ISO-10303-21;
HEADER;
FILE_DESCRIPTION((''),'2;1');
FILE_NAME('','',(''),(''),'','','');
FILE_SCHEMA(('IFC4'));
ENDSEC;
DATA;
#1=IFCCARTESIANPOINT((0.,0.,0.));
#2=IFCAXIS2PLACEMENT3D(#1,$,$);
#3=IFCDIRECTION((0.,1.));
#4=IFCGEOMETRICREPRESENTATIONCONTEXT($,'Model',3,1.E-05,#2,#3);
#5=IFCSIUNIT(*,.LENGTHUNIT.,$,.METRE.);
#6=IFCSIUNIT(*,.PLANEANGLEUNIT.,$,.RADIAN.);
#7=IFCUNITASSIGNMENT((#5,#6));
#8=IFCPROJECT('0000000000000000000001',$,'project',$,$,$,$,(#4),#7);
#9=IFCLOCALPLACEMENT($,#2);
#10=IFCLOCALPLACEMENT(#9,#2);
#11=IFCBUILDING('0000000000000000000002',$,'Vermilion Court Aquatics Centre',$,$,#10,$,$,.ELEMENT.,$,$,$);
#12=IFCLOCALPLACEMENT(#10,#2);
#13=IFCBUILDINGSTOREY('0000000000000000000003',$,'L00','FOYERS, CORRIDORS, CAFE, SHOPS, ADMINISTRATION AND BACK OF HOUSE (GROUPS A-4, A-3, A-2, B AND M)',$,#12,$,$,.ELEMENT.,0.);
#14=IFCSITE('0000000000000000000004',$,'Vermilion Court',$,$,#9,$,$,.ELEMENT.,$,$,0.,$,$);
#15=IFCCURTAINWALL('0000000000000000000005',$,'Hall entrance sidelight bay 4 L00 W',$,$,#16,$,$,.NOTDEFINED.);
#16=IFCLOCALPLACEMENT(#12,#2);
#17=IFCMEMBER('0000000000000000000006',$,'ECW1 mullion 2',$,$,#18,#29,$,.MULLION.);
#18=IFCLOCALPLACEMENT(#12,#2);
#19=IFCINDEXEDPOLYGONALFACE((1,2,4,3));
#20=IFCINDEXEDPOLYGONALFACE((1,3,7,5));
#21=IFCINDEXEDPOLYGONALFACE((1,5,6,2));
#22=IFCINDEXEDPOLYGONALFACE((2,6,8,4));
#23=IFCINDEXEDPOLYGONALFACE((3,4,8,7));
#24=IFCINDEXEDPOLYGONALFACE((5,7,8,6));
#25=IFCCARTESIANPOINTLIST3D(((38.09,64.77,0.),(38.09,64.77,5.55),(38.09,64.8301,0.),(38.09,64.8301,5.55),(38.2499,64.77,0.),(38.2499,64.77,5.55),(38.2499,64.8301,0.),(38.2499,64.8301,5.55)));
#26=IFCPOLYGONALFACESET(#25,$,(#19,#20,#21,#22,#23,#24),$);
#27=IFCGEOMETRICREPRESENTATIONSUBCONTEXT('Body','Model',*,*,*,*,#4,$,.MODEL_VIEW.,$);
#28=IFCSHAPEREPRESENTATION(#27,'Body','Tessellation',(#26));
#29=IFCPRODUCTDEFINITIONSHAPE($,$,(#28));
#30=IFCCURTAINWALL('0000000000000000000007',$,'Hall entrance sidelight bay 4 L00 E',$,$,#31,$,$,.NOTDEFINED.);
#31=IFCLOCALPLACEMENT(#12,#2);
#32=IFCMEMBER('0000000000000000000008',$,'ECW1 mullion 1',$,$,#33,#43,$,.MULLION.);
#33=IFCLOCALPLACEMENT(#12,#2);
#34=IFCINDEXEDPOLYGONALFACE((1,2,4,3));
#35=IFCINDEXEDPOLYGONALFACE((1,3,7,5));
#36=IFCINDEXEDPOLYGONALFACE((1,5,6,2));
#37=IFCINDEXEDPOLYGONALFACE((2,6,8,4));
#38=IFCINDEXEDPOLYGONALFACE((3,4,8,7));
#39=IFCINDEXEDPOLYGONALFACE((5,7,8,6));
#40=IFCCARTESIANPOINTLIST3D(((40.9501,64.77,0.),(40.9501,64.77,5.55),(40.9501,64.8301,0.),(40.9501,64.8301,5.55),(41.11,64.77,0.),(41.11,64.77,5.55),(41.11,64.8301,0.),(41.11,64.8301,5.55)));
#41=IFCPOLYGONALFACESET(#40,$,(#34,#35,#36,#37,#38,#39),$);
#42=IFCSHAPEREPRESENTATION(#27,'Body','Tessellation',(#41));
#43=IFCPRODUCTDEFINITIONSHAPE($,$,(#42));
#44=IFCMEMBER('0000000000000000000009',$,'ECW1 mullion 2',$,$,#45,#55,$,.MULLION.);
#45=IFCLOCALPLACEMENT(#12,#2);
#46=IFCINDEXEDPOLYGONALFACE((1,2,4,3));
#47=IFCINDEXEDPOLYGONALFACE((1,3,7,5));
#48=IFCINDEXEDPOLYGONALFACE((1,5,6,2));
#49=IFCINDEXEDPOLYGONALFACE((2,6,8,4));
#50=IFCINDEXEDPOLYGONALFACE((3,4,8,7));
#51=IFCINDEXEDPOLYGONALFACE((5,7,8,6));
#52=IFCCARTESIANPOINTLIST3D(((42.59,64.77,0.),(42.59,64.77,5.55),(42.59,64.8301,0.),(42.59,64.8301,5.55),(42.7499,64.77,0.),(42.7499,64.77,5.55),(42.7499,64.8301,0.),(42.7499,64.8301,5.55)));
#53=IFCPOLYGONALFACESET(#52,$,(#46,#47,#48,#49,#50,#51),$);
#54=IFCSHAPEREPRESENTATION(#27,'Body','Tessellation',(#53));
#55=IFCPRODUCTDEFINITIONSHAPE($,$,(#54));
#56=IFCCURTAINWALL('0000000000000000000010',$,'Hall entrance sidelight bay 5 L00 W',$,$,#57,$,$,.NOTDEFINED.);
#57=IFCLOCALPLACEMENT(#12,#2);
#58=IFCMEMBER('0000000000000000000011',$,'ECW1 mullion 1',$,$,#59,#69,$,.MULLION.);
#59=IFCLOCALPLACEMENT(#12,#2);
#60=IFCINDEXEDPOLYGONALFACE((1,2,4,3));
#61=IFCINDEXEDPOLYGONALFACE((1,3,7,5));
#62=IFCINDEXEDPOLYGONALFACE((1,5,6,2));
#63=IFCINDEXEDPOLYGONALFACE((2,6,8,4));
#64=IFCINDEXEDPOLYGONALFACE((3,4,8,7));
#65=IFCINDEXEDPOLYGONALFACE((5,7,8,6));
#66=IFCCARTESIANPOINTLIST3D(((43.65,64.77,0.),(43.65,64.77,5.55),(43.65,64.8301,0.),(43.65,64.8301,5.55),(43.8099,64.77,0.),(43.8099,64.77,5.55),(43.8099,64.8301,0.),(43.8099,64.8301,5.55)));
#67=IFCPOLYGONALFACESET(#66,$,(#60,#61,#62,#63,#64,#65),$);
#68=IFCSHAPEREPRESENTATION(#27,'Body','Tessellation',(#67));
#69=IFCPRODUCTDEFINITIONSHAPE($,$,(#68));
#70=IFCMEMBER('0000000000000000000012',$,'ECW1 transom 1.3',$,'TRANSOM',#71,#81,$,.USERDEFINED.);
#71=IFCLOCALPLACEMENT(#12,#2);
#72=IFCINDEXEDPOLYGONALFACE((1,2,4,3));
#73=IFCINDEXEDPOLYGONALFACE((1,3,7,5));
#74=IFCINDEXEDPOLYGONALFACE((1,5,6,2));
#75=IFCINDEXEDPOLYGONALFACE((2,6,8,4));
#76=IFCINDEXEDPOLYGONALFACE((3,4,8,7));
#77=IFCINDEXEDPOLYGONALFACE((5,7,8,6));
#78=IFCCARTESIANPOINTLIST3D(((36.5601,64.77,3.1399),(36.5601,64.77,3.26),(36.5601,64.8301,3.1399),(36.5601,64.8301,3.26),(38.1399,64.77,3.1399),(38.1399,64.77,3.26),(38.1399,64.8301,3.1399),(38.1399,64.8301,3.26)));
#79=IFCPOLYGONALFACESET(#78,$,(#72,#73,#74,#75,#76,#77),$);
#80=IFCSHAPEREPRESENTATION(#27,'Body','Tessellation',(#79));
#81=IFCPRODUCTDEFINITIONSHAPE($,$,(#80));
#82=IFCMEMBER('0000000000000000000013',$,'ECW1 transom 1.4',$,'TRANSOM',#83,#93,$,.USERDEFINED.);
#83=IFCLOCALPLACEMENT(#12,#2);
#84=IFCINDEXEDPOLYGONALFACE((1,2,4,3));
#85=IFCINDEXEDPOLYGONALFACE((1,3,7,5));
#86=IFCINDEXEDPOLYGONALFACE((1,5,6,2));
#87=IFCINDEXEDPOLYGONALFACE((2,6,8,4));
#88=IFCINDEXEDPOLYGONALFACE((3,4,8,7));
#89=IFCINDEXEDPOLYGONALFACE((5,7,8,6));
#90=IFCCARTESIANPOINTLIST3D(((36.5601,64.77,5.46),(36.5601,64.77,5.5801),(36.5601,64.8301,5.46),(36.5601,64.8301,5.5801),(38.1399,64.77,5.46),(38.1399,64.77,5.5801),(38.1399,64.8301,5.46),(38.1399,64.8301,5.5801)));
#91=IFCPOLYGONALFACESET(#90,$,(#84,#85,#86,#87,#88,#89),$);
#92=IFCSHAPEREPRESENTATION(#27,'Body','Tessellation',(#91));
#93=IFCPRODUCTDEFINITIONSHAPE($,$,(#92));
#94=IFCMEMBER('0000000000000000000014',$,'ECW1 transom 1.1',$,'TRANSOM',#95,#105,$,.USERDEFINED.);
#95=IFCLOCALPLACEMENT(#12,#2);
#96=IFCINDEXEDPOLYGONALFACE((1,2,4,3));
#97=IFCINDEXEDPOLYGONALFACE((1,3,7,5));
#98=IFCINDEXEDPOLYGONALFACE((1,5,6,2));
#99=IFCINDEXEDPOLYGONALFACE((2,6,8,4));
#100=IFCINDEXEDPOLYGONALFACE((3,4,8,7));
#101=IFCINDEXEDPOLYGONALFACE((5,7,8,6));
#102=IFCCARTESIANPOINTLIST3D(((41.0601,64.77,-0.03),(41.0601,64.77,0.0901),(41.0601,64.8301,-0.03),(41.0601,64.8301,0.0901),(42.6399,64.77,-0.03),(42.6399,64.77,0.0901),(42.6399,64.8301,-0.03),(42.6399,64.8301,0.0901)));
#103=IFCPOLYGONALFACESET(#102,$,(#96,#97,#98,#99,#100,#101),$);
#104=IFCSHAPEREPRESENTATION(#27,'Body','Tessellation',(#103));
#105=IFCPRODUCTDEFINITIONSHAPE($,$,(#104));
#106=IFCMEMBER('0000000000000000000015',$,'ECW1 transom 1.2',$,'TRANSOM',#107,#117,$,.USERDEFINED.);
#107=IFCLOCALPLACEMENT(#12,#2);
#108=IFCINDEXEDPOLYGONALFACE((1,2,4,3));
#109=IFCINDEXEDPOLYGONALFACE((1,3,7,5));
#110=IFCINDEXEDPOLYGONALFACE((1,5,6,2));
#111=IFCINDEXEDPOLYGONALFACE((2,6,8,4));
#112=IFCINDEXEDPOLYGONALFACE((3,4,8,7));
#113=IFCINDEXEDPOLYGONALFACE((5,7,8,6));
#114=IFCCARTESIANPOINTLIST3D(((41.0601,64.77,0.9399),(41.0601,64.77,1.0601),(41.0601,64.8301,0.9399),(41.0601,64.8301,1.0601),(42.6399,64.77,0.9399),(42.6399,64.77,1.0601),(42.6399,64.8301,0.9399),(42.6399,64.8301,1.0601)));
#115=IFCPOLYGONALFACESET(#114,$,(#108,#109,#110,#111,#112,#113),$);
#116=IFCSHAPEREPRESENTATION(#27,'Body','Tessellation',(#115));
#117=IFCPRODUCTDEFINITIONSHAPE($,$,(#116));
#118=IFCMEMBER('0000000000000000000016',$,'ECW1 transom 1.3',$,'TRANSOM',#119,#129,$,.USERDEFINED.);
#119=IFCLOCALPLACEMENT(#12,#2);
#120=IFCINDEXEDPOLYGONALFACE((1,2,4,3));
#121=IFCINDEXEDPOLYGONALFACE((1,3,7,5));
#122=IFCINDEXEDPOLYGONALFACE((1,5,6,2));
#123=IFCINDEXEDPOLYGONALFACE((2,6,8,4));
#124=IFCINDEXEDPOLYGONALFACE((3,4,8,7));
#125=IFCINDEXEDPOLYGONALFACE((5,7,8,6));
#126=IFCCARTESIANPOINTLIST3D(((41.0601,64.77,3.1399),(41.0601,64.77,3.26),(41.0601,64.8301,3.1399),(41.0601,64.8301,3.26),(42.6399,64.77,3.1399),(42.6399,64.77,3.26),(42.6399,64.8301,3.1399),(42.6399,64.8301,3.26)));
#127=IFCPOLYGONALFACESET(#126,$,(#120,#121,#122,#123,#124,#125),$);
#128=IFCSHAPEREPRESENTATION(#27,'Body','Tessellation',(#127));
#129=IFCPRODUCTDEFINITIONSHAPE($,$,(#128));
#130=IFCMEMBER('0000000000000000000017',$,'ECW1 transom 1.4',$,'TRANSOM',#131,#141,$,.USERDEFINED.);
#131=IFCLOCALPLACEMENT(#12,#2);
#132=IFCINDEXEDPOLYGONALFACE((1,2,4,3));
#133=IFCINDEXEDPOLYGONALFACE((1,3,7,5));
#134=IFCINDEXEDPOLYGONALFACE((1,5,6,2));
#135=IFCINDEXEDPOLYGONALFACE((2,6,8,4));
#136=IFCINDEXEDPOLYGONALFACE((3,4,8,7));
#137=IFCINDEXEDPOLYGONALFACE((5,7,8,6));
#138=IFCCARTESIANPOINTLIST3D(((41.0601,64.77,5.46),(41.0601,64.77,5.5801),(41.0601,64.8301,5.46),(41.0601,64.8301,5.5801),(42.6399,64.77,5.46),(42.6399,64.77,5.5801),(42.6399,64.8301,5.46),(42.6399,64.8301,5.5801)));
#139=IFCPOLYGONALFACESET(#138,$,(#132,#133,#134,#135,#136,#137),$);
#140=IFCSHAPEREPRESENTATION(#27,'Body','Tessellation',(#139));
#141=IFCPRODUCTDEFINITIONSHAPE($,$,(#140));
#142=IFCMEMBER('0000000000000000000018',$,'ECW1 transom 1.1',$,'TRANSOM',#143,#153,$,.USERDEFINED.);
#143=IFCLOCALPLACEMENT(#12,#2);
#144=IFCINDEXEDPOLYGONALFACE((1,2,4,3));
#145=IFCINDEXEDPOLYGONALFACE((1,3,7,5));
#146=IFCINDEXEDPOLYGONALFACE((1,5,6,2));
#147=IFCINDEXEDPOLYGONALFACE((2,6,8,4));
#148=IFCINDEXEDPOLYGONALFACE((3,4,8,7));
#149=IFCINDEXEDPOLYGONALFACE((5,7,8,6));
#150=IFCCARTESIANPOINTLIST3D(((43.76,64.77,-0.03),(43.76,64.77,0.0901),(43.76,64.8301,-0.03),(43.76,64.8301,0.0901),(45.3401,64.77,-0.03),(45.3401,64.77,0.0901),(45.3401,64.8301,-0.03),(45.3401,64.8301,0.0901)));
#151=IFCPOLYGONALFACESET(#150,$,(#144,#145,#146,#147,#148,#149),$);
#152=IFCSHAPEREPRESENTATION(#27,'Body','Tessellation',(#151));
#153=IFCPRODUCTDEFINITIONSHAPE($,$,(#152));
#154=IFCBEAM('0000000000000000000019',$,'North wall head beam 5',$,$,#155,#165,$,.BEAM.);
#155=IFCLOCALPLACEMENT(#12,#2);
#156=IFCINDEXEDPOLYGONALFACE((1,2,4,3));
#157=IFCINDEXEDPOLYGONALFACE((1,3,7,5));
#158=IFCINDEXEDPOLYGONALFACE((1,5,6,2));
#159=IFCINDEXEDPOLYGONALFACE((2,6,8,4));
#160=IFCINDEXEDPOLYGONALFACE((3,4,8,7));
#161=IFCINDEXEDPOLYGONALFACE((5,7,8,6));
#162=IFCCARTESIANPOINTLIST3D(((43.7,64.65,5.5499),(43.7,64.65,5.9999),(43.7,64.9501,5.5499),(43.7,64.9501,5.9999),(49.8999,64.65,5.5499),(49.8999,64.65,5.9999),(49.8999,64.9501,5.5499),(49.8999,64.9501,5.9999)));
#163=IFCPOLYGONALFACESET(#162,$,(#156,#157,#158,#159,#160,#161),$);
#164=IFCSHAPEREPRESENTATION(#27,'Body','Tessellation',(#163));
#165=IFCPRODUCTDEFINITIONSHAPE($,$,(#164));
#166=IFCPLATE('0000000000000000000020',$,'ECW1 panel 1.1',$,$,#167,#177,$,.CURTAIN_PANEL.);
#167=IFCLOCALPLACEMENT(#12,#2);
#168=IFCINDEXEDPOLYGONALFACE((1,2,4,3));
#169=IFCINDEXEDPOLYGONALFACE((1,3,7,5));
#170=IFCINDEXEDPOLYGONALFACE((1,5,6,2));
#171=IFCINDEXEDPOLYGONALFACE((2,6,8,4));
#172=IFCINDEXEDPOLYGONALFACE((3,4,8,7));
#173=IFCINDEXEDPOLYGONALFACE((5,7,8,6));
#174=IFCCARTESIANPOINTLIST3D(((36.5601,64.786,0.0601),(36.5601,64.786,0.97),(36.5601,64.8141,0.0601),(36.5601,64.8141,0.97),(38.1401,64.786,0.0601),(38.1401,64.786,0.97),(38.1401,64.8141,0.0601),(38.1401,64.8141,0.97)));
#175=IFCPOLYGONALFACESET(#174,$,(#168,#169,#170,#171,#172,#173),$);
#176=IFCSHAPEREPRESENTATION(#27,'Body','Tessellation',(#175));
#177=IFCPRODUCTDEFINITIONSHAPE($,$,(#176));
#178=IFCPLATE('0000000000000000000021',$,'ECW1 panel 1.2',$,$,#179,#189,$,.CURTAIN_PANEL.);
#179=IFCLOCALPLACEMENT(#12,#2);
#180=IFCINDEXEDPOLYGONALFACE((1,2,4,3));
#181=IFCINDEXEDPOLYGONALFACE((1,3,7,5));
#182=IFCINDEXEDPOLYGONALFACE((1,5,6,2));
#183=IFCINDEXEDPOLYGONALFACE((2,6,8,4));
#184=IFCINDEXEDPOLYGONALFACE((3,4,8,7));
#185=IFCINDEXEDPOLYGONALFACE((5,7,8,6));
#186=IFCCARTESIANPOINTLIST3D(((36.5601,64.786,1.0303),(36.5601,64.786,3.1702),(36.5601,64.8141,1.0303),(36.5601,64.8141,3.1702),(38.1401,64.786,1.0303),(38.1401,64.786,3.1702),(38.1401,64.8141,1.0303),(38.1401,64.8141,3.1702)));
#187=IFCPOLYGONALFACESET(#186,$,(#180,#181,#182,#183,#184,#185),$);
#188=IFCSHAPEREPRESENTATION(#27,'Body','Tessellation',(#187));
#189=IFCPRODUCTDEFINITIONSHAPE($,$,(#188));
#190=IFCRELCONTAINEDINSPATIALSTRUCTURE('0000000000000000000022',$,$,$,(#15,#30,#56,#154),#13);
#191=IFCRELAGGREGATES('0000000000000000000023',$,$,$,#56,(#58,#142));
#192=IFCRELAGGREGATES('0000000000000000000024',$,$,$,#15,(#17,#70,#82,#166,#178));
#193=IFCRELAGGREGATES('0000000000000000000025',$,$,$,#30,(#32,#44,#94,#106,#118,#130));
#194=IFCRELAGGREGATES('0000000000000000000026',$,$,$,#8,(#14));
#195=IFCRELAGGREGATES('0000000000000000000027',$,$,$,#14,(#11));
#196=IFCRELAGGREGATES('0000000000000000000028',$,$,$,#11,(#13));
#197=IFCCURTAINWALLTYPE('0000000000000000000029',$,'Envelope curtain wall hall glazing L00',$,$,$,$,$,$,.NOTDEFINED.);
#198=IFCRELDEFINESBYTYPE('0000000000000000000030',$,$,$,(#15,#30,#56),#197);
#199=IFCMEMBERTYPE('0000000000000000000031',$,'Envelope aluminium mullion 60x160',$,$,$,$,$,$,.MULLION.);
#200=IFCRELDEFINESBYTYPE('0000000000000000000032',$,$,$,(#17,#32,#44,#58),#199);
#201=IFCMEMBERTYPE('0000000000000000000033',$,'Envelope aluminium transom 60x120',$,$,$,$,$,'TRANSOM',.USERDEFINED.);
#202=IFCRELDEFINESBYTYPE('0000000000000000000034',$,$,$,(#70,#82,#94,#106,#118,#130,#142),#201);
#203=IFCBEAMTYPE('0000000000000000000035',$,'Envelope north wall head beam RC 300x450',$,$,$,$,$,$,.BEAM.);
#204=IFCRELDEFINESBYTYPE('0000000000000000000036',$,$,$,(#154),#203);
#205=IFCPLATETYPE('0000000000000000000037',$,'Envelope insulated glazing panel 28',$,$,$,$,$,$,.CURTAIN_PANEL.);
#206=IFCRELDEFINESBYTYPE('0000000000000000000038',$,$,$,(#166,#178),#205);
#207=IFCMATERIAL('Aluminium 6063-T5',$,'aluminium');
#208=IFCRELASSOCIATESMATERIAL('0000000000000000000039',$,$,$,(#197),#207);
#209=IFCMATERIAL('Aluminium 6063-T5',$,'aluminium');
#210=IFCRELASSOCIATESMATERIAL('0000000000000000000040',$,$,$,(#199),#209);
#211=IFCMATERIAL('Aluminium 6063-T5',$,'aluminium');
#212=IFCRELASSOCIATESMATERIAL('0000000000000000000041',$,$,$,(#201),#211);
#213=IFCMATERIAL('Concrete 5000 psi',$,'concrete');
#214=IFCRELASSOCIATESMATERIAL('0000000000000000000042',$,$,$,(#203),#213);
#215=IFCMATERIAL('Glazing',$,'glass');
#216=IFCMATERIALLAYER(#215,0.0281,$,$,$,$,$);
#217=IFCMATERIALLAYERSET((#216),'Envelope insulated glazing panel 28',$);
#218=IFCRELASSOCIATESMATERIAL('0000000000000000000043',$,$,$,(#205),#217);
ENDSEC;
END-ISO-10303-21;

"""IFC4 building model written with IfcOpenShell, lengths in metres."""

from ifc_helpers import new_model, si_unit, direction, frame, origin, origin_2d, place, context, subcontext, project, spatial, rectangle, extrude, material, layer, layer_set, material_profile, profile_set, type_object, element, aggregate, save


model = new_model("IFC4")

# Units and contexts
model_context = context("Model", 3, precision=1e-05, world=origin(), true_north=direction((0.0, 1.0)))
body_context = subcontext(model_context, "Body", "Model", "MODEL_VIEW")
ifc_project = project(units=[si_unit("LENGTHUNIT", "METRE"), si_unit("PLANEANGLEUNIT", "RADIAN")], contexts=[model_context])

# Site, building, storey
site_placement = place(None, origin())
site = spatial("IfcSite", under=ifc_project, at=site_placement, Name="Vermilion Court", CompositionType="ELEMENT", RefElevation=0.0)
building_placement = place(site_placement, origin())
building = spatial("IfcBuilding", under=site, at=building_placement, Name="Vermilion Court Aquatics Centre", CompositionType="ELEMENT")
storey_placement = place(building_placement, origin())
storey = spatial("IfcBuildingStorey", under=building, at=storey_placement, Name="L00", Description="FOYERS, CORRIDORS, CAFE, SHOPS, ADMINISTRATION AND BACK OF HOUSE (GROUPS A-4, A-3, A-2, B AND M)", CompositionType="ELEMENT", Elevation=0.0)

# Curtain wall, member
ifc_material_1 = material(Name="Aluminium 6063-T5", Category="aluminium")
curtain_wall_type = type_object("IfcCurtainWallType", Name="Envelope curtain wall hall glazing L00", PredefinedType="NOTDEFINED", material=ifc_material_1)
curtain_wall_1_placement = place(storey_placement, origin())
curtain_wall_1 = element("IfcCurtainWall", 1, at=curtain_wall_1_placement, inside=storey, type_object=curtain_wall_type, Name="Hall entrance sidelight bay 4 L00 W", PredefinedType="NOTDEFINED")
ifc_material_2 = material(Name="Aluminium 6063-T5", Category="aluminium")
ifc_material_profile_1 = material_profile(ifc_material_2, rectangle(XDim=0.0601, YDim=0.1599, at=origin_2d()), Name="AL 60x160")
ifc_profile_set_1 = profile_set([ifc_material_profile_1], Name="Aluminium 6063-T5")
member_type_1 = type_object("IfcMemberType", Name="Envelope aluminium mullion 60x160", PredefinedType="MULLION", material=ifc_profile_set_1)
member_1_placement = place(storey_placement, frame((38.1699, 64.8, 0.0), z_axis=(0.0, 0.0, 1.0), x_axis=(0.0, 1.0, 0.0)))
member_1 = element("IfcMember", 2, at=member_1_placement, type_object=member_type_1, Name="ECW1 mullion 2", PredefinedType="MULLION", context=body_context, shape_type="SweptSolid", body=[
    extrude(rectangle(XDim=0.0601, YDim=0.1599, at=origin_2d()), origin(), (0.0, 0.0, 1.0), 5.55),
])

# Curtain wall, members
curtain_wall_2_placement = place(storey_placement, origin())
curtain_wall_2 = element("IfcCurtainWall", 3, at=curtain_wall_2_placement, inside=storey, type_object=curtain_wall_type, Name="Hall entrance sidelight bay 4 L00 E", PredefinedType="NOTDEFINED")
member_2_placement = place(storey_placement, frame((41.03, 64.8, 0.0), z_axis=(0.0, 0.0, 1.0), x_axis=(0.0, 1.0, 0.0)))
member_2 = element("IfcMember", 4, at=member_2_placement, type_object=member_type_1, Name="ECW1 mullion 1", PredefinedType="MULLION", context=body_context, shape_type="SweptSolid", body=[
    extrude(rectangle(XDim=0.0601, YDim=0.1599, at=origin_2d()), origin(), (0.0, 0.0, 1.0), 5.55),
])
member_3_placement = place(storey_placement, frame((42.6699, 64.8, 0.0), z_axis=(0.0, 0.0, 1.0), x_axis=(0.0, 1.0, 0.0)))
member_3 = element("IfcMember", 5, at=member_3_placement, type_object=member_type_1, Name="ECW1 mullion 2", PredefinedType="MULLION", context=body_context, shape_type="SweptSolid", body=[
    extrude(rectangle(XDim=0.0601, YDim=0.1599, at=origin_2d()), origin(), (0.0, 0.0, 1.0), 5.55),
])

# Curtain wall, member
curtain_wall_3_placement = place(storey_placement, origin())
curtain_wall_3 = element("IfcCurtainWall", 6, at=curtain_wall_3_placement, inside=storey, type_object=curtain_wall_type, Name="Hall entrance sidelight bay 5 L00 W", PredefinedType="NOTDEFINED")
member_4_placement = place(storey_placement, frame((43.73, 64.8, 0.0), z_axis=(0.0, 0.0, 1.0), x_axis=(0.0, 1.0, 0.0)))
member_4 = element("IfcMember", 7, at=member_4_placement, type_object=member_type_1, Name="ECW1 mullion 1", PredefinedType="MULLION", context=body_context, shape_type="SweptSolid", body=[
    extrude(rectangle(XDim=0.0601, YDim=0.1599, at=origin_2d()), origin(), (0.0, 0.0, 1.0), 5.55),
])

# Members
ifc_material_3 = material(Name="Aluminium 6063-T5", Category="aluminium")
ifc_material_profile_2 = material_profile(ifc_material_3, rectangle(XDim=0.0601, YDim=0.1201, at=origin_2d()), Name="AL 60x120")
ifc_profile_set_2 = profile_set([ifc_material_profile_2], Name="Aluminium 6063-T5")
member_type_2 = type_object("IfcMemberType", Name="Envelope aluminium transom 60x120", ElementType="TRANSOM", PredefinedType="USERDEFINED", material=ifc_profile_set_2)
member_5_placement = place(storey_placement, frame((36.5601, 64.8, 3.2), z_axis=(1.0, 0.0, 0.0), x_axis=(0.0, 1.0, 0.0)))
member_5 = element("IfcMember", 8, at=member_5_placement, type_object=member_type_2, Name="ECW1 transom 1.3", ObjectType="TRANSOM", PredefinedType="USERDEFINED", context=body_context, shape_type="SweptSolid", body=[
    extrude(rectangle(XDim=0.0601, YDim=0.1201, at=origin_2d()), origin(), (0.0, 0.0, 1.0), 1.5798),
])
member_6_placement = place(storey_placement, frame((36.5601, 64.8, 5.52), z_axis=(1.0, 0.0, 0.0), x_axis=(0.0, 1.0, 0.0)))
member_6 = element("IfcMember", 9, at=member_6_placement, type_object=member_type_2, Name="ECW1 transom 1.4", ObjectType="TRANSOM", PredefinedType="USERDEFINED", context=body_context, shape_type="SweptSolid", body=[
    extrude(rectangle(XDim=0.0601, YDim=0.1201, at=origin_2d()), origin(), (0.0, 0.0, 1.0), 1.5798),
])
member_7_placement = place(storey_placement, frame((41.0601, 64.8, 0.03), z_axis=(1.0, 0.0, 0.0), x_axis=(0.0, 1.0, 0.0)))
member_7 = element("IfcMember", 10, at=member_7_placement, type_object=member_type_2, Name="ECW1 transom 1.1", ObjectType="TRANSOM", PredefinedType="USERDEFINED", context=body_context, shape_type="SweptSolid", body=[
    extrude(rectangle(XDim=0.0601, YDim=0.1201, at=origin_2d()), origin(), (0.0, 0.0, 1.0), 1.5798),
])
member_8_placement = place(storey_placement, frame((41.0601, 64.8, 1.0), z_axis=(1.0, 0.0, 0.0), x_axis=(0.0, 1.0, 0.0)))
member_8 = element("IfcMember", 11, at=member_8_placement, type_object=member_type_2, Name="ECW1 transom 1.2", ObjectType="TRANSOM", PredefinedType="USERDEFINED", context=body_context, shape_type="SweptSolid", body=[
    extrude(rectangle(XDim=0.0601, YDim=0.1201, at=origin_2d()), origin(), (0.0, 0.0, 1.0), 1.5798),
])
member_9_placement = place(storey_placement, frame((41.0601, 64.8, 3.2), z_axis=(1.0, 0.0, 0.0), x_axis=(0.0, 1.0, 0.0)))
member_9 = element("IfcMember", 12, at=member_9_placement, type_object=member_type_2, Name="ECW1 transom 1.3", ObjectType="TRANSOM", PredefinedType="USERDEFINED", context=body_context, shape_type="SweptSolid", body=[
    extrude(rectangle(XDim=0.0601, YDim=0.1201, at=origin_2d()), origin(), (0.0, 0.0, 1.0), 1.5798),
])
member_10_placement = place(storey_placement, frame((41.0601, 64.8, 5.52), z_axis=(1.0, 0.0, 0.0), x_axis=(0.0, 1.0, 0.0)))
member_10 = element("IfcMember", 13, at=member_10_placement, type_object=member_type_2, Name="ECW1 transom 1.4", ObjectType="TRANSOM", PredefinedType="USERDEFINED", context=body_context, shape_type="SweptSolid", body=[
    extrude(rectangle(XDim=0.0601, YDim=0.1201, at=origin_2d()), origin(), (0.0, 0.0, 1.0), 1.5798),
])
member_11_placement = place(storey_placement, frame((43.76, 64.8, 0.03), z_axis=(1.0, 0.0, 0.0), x_axis=(0.0, 1.0, 0.0)))
member_11 = element("IfcMember", 14, at=member_11_placement, type_object=member_type_2, Name="ECW1 transom 1.1", ObjectType="TRANSOM", PredefinedType="USERDEFINED", context=body_context, shape_type="SweptSolid", body=[
    extrude(rectangle(XDim=0.0601, YDim=0.1201, at=origin_2d()), origin(), (0.0, 0.0, 1.0), 1.5801),
])
aggregate(curtain_wall_3, [member_4, member_11])

# Beam
ifc_material_4 = material(Name="Concrete 5000 psi", Category="concrete")
ifc_material_profile_3 = material_profile(ifc_material_4, rectangle(XDim=0.3, YDim=0.45, at=origin_2d()), Name="RC 300x450")
ifc_profile_set_3 = profile_set([ifc_material_profile_3], Name="Concrete 5000 psi")
beam_type = type_object("IfcBeamType", Name="Envelope north wall head beam RC 300x450", PredefinedType="BEAM", material=ifc_profile_set_3)
beam_placement = place(storey_placement, frame((43.7, 64.8, 5.7749), z_axis=(1.0, 0.0, 0.0), x_axis=(0.0, 1.0, 0.0)))
element("IfcBeam", 15, at=beam_placement, inside=storey, type_object=beam_type, Name="North wall head beam 5", PredefinedType="BEAM", context=body_context, shape_type="SweptSolid", body=[
    extrude(rectangle(XDim=0.3, YDim=0.45, at=origin_2d()), origin(), (0.0, 0.0, 1.0), 6.2),
])

# Plates
ifc_material_5 = material(Name="Glazing", Category="glass")
ifc_layer_1 = layer(ifc_material_5, 0.0281)
ifc_layer_set_1 = layer_set([ifc_layer_1], Name="Envelope insulated glazing panel 28")
plate_type = type_object("IfcPlateType", Name="Envelope insulated glazing panel 28", PredefinedType="CURTAIN_PANEL", material=ifc_layer_set_1)
plate_1_placement = place(storey_placement, frame((37.3501, 64.8, 0.0601), z_axis=(0.0, 0.0, 1.0), x_axis=(1.0, 0.0, 0.0)))
plate_1 = element("IfcPlate", 16, at=plate_1_placement, type_object=plate_type, Name="ECW1 panel 1.1", PredefinedType="CURTAIN_PANEL", context=body_context, shape_type="SweptSolid", body=[
    extrude(rectangle(XDim=1.5801, YDim=0.0281, at=origin_2d()), origin(), (0.0, 0.0, 1.0), 0.9099),
])
plate_2_placement = place(storey_placement, frame((37.3501, 64.8, 1.0303), z_axis=(0.0, 0.0, 1.0), x_axis=(1.0, 0.0, 0.0)))
plate_2 = element("IfcPlate", 17, at=plate_2_placement, type_object=plate_type, Name="ECW1 panel 1.2", PredefinedType="CURTAIN_PANEL", context=body_context, shape_type="SweptSolid", body=[
    extrude(rectangle(XDim=1.5801, YDim=0.0281, at=origin_2d()), origin(), (0.0, 0.0, 1.0), 2.1399),
])
aggregate(curtain_wall_1, [member_1, member_5, member_6, plate_1, plate_2])
aggregate(curtain_wall_2, [member_2, member_3, member_7, member_8, member_9, member_10])

save(model, "model.ifc")
